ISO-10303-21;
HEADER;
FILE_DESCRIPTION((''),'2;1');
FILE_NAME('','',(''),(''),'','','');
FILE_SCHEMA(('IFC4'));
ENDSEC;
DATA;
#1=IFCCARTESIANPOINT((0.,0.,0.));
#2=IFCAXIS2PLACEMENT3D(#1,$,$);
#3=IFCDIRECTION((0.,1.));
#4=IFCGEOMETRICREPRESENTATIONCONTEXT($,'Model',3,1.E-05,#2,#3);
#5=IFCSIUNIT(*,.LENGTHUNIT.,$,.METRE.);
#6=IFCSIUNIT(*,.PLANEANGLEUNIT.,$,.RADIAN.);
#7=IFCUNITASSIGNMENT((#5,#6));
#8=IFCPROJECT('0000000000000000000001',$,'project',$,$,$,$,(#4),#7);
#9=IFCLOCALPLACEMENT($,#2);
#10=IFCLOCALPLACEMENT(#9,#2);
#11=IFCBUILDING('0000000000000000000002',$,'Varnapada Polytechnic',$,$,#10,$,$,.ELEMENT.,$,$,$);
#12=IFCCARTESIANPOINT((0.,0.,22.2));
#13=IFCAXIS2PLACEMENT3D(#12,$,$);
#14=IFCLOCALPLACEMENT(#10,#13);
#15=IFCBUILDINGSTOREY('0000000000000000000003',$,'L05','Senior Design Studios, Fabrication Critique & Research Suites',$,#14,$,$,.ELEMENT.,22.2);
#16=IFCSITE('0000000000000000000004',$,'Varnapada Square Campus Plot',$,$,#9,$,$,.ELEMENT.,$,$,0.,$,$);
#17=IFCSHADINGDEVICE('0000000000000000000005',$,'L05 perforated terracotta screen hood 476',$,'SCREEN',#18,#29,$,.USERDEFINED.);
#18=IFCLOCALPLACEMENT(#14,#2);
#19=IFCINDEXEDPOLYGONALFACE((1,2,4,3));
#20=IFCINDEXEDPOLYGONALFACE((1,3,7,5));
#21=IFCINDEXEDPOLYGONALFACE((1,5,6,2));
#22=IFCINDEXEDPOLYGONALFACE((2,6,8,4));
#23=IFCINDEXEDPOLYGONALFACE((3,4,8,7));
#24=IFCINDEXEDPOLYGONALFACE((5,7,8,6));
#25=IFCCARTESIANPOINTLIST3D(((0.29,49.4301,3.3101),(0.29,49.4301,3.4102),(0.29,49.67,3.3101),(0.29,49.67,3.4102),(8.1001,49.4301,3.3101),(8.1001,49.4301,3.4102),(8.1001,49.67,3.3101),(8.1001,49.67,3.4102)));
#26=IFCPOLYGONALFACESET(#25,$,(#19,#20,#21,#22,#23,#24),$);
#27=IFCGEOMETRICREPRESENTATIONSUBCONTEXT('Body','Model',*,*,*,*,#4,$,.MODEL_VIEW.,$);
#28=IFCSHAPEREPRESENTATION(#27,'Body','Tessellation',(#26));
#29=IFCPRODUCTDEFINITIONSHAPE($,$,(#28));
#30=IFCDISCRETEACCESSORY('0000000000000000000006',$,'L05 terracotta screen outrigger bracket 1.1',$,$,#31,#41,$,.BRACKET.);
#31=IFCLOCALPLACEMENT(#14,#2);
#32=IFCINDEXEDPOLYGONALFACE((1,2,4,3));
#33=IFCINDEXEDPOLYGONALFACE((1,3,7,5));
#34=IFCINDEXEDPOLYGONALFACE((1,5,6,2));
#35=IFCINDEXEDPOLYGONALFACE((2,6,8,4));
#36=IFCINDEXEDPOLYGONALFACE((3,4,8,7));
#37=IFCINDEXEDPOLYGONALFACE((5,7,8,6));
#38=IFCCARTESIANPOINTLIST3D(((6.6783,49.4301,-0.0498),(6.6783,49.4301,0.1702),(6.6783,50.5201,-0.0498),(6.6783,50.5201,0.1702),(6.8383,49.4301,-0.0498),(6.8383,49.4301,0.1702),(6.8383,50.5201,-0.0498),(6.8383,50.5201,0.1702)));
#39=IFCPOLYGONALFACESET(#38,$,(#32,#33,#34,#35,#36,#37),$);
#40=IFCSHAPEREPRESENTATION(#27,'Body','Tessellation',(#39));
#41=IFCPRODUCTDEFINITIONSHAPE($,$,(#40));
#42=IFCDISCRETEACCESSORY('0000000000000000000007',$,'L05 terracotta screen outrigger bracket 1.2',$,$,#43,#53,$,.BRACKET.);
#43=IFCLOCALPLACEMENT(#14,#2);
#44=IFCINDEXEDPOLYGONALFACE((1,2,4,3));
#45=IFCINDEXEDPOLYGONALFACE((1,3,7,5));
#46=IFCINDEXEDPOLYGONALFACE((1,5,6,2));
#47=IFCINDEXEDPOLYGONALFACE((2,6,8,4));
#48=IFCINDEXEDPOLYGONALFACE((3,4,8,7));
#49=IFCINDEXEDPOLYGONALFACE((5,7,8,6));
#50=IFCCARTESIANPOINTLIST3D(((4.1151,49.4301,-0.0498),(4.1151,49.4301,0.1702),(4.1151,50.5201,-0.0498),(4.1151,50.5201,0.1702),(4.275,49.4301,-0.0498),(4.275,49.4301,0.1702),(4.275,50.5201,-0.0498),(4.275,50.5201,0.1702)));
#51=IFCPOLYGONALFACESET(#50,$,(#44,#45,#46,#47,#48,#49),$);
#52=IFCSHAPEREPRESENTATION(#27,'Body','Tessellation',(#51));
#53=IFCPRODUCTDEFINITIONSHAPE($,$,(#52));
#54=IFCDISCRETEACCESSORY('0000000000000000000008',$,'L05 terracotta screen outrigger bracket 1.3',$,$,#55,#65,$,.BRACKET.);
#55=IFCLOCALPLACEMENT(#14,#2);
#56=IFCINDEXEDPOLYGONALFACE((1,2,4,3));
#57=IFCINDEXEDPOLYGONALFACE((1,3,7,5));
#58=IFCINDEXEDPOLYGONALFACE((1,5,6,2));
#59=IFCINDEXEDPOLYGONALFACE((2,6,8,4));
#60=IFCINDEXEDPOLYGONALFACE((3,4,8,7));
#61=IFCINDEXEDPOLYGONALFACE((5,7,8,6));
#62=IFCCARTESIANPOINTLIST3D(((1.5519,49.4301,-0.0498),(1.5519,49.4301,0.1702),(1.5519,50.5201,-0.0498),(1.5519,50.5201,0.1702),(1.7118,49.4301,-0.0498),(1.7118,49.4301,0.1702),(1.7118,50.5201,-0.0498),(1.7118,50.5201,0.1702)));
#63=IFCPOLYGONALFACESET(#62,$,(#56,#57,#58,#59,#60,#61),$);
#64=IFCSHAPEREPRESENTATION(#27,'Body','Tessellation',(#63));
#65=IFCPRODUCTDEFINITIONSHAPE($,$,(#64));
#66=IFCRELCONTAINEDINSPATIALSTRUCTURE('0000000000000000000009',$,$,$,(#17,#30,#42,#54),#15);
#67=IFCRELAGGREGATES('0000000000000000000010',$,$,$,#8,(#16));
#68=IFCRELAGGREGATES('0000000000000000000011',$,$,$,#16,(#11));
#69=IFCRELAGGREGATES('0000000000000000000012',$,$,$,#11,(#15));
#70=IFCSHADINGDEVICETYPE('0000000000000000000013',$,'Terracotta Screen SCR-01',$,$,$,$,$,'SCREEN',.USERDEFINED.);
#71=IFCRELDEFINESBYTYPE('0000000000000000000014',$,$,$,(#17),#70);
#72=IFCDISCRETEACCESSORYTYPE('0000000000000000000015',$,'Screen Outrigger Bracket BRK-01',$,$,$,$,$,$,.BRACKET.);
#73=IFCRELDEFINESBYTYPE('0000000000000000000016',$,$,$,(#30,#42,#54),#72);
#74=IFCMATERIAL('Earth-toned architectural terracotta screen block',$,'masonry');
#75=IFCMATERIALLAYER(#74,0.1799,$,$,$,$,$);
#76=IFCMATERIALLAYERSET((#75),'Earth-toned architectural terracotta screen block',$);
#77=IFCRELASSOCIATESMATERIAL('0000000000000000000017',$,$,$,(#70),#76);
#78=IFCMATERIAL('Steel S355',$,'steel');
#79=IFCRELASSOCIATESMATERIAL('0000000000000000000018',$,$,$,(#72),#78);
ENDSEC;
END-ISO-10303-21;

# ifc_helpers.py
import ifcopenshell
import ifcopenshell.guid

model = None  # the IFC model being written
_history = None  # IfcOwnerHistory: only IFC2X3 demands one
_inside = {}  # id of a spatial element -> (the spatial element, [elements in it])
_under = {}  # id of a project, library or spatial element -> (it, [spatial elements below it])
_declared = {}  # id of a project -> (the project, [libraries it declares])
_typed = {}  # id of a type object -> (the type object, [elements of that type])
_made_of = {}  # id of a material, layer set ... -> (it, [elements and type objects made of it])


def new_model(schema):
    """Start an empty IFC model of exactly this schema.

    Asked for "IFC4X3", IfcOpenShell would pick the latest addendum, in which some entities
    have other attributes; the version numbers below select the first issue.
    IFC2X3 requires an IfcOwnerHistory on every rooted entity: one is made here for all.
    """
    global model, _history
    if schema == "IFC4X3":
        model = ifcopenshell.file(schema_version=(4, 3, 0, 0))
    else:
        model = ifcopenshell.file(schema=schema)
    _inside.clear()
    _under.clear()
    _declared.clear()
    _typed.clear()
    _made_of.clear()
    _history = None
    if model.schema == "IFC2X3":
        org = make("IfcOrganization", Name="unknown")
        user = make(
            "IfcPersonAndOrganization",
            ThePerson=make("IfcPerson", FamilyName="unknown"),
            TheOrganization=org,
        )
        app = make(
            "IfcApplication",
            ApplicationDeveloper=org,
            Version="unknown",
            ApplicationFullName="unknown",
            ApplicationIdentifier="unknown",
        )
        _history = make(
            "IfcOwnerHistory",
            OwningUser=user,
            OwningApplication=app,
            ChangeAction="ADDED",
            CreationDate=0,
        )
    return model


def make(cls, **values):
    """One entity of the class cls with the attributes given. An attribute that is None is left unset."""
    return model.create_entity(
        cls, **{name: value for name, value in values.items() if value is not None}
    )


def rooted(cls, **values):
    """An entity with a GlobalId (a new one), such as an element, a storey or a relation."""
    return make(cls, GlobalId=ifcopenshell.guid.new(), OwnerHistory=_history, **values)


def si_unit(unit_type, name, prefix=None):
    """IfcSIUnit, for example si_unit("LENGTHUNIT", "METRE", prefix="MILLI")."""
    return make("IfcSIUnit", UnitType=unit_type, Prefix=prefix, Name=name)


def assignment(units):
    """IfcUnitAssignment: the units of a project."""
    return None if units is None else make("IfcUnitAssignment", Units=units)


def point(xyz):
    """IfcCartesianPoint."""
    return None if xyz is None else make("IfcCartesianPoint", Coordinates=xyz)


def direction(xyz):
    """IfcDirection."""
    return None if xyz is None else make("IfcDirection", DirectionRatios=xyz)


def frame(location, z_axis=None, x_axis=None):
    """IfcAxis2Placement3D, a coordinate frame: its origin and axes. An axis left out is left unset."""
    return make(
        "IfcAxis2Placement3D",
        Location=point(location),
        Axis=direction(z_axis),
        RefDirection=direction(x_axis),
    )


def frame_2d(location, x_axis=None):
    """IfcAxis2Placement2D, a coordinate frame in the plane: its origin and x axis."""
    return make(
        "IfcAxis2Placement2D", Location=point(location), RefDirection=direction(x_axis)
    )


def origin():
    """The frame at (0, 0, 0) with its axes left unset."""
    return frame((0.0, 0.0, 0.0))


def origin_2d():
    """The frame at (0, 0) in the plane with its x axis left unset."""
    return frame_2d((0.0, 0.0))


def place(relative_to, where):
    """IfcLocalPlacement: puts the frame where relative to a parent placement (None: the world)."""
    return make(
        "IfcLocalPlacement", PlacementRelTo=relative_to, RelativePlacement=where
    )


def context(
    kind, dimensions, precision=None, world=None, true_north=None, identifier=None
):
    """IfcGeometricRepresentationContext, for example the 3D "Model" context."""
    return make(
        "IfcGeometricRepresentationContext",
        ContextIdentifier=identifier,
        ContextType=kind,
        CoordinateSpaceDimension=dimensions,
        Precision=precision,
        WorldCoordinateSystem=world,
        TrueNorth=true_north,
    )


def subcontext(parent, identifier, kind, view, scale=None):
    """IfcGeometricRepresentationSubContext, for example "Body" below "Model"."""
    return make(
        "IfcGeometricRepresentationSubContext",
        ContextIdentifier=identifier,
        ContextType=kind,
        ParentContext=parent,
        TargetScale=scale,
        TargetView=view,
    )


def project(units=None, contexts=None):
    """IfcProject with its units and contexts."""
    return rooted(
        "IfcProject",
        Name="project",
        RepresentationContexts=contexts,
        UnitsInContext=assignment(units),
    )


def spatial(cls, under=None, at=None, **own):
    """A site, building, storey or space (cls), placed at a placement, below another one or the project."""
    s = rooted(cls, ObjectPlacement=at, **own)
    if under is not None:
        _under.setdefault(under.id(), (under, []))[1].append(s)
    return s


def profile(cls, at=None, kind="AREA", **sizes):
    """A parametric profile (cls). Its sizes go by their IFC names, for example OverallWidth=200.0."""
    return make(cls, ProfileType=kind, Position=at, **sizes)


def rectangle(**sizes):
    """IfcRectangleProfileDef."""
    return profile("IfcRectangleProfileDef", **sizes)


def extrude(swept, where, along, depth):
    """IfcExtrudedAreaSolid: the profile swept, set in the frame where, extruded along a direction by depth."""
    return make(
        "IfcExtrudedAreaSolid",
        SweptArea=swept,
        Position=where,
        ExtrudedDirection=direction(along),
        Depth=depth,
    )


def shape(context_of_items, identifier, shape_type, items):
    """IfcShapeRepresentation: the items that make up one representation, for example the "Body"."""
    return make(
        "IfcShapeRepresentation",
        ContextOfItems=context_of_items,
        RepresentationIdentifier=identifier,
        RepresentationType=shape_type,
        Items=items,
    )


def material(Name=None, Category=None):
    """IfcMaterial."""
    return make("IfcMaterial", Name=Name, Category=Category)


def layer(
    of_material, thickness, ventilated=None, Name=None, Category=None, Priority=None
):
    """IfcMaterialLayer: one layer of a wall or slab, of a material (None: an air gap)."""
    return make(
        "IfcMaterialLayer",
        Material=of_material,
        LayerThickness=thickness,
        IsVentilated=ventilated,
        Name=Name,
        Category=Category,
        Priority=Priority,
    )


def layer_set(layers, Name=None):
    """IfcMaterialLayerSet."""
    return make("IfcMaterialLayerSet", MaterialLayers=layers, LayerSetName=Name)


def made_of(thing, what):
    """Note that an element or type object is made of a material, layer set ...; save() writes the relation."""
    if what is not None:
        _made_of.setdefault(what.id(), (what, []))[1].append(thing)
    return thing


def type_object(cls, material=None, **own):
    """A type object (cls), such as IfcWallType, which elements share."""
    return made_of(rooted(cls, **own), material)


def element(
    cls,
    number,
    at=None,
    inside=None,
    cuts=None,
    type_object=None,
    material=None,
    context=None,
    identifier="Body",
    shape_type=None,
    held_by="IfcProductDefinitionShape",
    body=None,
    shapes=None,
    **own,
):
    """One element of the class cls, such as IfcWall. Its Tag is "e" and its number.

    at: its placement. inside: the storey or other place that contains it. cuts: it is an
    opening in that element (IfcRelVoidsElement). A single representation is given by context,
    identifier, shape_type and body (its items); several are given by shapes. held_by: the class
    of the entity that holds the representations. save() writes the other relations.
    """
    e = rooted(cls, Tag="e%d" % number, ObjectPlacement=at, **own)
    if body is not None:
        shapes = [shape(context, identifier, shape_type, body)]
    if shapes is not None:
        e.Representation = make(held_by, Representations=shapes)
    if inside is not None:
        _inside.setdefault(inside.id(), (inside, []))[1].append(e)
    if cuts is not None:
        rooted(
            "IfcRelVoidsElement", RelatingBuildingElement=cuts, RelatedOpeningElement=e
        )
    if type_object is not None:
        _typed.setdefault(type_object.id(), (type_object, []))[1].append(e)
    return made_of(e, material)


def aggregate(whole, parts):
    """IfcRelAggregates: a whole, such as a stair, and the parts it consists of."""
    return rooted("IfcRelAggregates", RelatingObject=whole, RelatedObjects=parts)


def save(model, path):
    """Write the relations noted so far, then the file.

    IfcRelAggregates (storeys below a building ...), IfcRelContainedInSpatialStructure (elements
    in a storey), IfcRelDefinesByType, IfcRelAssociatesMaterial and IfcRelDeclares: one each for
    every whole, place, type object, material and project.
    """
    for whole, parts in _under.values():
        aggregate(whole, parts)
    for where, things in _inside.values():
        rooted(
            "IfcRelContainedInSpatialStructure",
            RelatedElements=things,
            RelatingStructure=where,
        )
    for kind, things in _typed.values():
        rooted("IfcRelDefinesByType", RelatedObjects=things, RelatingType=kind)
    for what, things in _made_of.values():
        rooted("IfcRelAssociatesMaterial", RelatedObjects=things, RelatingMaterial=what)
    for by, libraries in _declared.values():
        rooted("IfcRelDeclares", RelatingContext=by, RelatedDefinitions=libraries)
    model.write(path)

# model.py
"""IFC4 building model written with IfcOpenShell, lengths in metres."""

from ifc_helpers import new_model, si_unit, direction, frame, origin, origin_2d, place, context, subcontext, project, spatial, rectangle, extrude, material, layer, layer_set, type_object, element, save


model = new_model("IFC4")

# Units and contexts
model_context = context("Model", 3, precision=1e-05, world=origin(), true_north=direction((0.0, 1.0)))
body_context = subcontext(model_context, "Body", "Model", "MODEL_VIEW")
ifc_project = project(units=[si_unit("LENGTHUNIT", "METRE"), si_unit("PLANEANGLEUNIT", "RADIAN")], contexts=[model_context])

# Site, building, storey
site_placement = place(None, origin())
site = spatial("IfcSite", under=ifc_project, at=site_placement, Name="Varnapada Square Campus Plot", CompositionType="ELEMENT", RefElevation=0.0)
building_placement = place(site_placement, origin())
building = spatial("IfcBuilding", under=site, at=building_placement, Name="Varnapada Polytechnic", CompositionType="ELEMENT")
storey_placement = place(building_placement, frame((0.0, 0.0, 22.2)))
storey = spatial("IfcBuildingStorey", under=building, at=storey_placement, Name="L05", Description="Senior Design Studios, Fabrication Critique & Research Suites", CompositionType="ELEMENT", Elevation=22.2)

# Shading device
ifc_material_1 = material(Name="Earth-toned architectural terracotta screen block", Category="masonry")
ifc_layer = layer(ifc_material_1, 0.1799)
ifc_layer_set = layer_set([ifc_layer], Name="Earth-toned architectural terracotta screen block")
shading_device_type = type_object("IfcShadingDeviceType", Name="Terracotta Screen SCR-01", ElementType="SCREEN", PredefinedType="USERDEFINED", material=ifc_layer_set)
shading_device_placement = place(storey_placement, frame((4.1951, 49.55, 3.3101), z_axis=(0.0, 0.0, 1.0), x_axis=(-1.0, 0.0, 0.0)))
element("IfcShadingDevice", 1, at=shading_device_placement, inside=storey, type_object=shading_device_type, Name="L05 perforated terracotta screen hood 476", ObjectType="SCREEN", PredefinedType="USERDEFINED", context=body_context, shape_type="SweptSolid", body=[
    extrude(rectangle(XDim=7.8101, YDim=0.24, at=origin_2d()), origin(), (0.0, 0.0, 1.0), 0.1001),
])

# Discrete accessories
ifc_material_2 = material(Name="Steel S355", Category="steel")
discrete_accessory_type = type_object("IfcDiscreteAccessoryType", Name="Screen Outrigger Bracket BRK-01", PredefinedType="BRACKET", material=ifc_material_2)
for number, where, z_axis, x_axis, name in (
    (2, (6.7583, 49.9751, -0.0498), (0.0, 0.0, 1.0), (-1.0, 0.0, 0.0), "L05 terracotta screen outrigger bracket 1.1"),
    (3, (4.1951, 49.9751, -0.0498), (0.0, 0.0, 1.0), (-1.0, 0.0, 0.0), "L05 terracotta screen outrigger bracket 1.2"),
    (4, (1.6318, 49.9751, -0.0498), (0.0, 0.0, 1.0), (-1.0, 0.0, 0.0), "L05 terracotta screen outrigger bracket 1.3"),
):
    element("IfcDiscreteAccessory", number, at=place(storey_placement, frame(where, z_axis=z_axis, x_axis=x_axis)), inside=storey, type_object=discrete_accessory_type, Name=name, PredefinedType="BRACKET", context=body_context, shape_type="SweptSolid", body=[
        extrude(rectangle(XDim=0.1599, YDim=1.0901, at=origin_2d()), origin(), (0.0, 0.0, 1.0), 0.22),
    ])

save(model, "model.ifc")
